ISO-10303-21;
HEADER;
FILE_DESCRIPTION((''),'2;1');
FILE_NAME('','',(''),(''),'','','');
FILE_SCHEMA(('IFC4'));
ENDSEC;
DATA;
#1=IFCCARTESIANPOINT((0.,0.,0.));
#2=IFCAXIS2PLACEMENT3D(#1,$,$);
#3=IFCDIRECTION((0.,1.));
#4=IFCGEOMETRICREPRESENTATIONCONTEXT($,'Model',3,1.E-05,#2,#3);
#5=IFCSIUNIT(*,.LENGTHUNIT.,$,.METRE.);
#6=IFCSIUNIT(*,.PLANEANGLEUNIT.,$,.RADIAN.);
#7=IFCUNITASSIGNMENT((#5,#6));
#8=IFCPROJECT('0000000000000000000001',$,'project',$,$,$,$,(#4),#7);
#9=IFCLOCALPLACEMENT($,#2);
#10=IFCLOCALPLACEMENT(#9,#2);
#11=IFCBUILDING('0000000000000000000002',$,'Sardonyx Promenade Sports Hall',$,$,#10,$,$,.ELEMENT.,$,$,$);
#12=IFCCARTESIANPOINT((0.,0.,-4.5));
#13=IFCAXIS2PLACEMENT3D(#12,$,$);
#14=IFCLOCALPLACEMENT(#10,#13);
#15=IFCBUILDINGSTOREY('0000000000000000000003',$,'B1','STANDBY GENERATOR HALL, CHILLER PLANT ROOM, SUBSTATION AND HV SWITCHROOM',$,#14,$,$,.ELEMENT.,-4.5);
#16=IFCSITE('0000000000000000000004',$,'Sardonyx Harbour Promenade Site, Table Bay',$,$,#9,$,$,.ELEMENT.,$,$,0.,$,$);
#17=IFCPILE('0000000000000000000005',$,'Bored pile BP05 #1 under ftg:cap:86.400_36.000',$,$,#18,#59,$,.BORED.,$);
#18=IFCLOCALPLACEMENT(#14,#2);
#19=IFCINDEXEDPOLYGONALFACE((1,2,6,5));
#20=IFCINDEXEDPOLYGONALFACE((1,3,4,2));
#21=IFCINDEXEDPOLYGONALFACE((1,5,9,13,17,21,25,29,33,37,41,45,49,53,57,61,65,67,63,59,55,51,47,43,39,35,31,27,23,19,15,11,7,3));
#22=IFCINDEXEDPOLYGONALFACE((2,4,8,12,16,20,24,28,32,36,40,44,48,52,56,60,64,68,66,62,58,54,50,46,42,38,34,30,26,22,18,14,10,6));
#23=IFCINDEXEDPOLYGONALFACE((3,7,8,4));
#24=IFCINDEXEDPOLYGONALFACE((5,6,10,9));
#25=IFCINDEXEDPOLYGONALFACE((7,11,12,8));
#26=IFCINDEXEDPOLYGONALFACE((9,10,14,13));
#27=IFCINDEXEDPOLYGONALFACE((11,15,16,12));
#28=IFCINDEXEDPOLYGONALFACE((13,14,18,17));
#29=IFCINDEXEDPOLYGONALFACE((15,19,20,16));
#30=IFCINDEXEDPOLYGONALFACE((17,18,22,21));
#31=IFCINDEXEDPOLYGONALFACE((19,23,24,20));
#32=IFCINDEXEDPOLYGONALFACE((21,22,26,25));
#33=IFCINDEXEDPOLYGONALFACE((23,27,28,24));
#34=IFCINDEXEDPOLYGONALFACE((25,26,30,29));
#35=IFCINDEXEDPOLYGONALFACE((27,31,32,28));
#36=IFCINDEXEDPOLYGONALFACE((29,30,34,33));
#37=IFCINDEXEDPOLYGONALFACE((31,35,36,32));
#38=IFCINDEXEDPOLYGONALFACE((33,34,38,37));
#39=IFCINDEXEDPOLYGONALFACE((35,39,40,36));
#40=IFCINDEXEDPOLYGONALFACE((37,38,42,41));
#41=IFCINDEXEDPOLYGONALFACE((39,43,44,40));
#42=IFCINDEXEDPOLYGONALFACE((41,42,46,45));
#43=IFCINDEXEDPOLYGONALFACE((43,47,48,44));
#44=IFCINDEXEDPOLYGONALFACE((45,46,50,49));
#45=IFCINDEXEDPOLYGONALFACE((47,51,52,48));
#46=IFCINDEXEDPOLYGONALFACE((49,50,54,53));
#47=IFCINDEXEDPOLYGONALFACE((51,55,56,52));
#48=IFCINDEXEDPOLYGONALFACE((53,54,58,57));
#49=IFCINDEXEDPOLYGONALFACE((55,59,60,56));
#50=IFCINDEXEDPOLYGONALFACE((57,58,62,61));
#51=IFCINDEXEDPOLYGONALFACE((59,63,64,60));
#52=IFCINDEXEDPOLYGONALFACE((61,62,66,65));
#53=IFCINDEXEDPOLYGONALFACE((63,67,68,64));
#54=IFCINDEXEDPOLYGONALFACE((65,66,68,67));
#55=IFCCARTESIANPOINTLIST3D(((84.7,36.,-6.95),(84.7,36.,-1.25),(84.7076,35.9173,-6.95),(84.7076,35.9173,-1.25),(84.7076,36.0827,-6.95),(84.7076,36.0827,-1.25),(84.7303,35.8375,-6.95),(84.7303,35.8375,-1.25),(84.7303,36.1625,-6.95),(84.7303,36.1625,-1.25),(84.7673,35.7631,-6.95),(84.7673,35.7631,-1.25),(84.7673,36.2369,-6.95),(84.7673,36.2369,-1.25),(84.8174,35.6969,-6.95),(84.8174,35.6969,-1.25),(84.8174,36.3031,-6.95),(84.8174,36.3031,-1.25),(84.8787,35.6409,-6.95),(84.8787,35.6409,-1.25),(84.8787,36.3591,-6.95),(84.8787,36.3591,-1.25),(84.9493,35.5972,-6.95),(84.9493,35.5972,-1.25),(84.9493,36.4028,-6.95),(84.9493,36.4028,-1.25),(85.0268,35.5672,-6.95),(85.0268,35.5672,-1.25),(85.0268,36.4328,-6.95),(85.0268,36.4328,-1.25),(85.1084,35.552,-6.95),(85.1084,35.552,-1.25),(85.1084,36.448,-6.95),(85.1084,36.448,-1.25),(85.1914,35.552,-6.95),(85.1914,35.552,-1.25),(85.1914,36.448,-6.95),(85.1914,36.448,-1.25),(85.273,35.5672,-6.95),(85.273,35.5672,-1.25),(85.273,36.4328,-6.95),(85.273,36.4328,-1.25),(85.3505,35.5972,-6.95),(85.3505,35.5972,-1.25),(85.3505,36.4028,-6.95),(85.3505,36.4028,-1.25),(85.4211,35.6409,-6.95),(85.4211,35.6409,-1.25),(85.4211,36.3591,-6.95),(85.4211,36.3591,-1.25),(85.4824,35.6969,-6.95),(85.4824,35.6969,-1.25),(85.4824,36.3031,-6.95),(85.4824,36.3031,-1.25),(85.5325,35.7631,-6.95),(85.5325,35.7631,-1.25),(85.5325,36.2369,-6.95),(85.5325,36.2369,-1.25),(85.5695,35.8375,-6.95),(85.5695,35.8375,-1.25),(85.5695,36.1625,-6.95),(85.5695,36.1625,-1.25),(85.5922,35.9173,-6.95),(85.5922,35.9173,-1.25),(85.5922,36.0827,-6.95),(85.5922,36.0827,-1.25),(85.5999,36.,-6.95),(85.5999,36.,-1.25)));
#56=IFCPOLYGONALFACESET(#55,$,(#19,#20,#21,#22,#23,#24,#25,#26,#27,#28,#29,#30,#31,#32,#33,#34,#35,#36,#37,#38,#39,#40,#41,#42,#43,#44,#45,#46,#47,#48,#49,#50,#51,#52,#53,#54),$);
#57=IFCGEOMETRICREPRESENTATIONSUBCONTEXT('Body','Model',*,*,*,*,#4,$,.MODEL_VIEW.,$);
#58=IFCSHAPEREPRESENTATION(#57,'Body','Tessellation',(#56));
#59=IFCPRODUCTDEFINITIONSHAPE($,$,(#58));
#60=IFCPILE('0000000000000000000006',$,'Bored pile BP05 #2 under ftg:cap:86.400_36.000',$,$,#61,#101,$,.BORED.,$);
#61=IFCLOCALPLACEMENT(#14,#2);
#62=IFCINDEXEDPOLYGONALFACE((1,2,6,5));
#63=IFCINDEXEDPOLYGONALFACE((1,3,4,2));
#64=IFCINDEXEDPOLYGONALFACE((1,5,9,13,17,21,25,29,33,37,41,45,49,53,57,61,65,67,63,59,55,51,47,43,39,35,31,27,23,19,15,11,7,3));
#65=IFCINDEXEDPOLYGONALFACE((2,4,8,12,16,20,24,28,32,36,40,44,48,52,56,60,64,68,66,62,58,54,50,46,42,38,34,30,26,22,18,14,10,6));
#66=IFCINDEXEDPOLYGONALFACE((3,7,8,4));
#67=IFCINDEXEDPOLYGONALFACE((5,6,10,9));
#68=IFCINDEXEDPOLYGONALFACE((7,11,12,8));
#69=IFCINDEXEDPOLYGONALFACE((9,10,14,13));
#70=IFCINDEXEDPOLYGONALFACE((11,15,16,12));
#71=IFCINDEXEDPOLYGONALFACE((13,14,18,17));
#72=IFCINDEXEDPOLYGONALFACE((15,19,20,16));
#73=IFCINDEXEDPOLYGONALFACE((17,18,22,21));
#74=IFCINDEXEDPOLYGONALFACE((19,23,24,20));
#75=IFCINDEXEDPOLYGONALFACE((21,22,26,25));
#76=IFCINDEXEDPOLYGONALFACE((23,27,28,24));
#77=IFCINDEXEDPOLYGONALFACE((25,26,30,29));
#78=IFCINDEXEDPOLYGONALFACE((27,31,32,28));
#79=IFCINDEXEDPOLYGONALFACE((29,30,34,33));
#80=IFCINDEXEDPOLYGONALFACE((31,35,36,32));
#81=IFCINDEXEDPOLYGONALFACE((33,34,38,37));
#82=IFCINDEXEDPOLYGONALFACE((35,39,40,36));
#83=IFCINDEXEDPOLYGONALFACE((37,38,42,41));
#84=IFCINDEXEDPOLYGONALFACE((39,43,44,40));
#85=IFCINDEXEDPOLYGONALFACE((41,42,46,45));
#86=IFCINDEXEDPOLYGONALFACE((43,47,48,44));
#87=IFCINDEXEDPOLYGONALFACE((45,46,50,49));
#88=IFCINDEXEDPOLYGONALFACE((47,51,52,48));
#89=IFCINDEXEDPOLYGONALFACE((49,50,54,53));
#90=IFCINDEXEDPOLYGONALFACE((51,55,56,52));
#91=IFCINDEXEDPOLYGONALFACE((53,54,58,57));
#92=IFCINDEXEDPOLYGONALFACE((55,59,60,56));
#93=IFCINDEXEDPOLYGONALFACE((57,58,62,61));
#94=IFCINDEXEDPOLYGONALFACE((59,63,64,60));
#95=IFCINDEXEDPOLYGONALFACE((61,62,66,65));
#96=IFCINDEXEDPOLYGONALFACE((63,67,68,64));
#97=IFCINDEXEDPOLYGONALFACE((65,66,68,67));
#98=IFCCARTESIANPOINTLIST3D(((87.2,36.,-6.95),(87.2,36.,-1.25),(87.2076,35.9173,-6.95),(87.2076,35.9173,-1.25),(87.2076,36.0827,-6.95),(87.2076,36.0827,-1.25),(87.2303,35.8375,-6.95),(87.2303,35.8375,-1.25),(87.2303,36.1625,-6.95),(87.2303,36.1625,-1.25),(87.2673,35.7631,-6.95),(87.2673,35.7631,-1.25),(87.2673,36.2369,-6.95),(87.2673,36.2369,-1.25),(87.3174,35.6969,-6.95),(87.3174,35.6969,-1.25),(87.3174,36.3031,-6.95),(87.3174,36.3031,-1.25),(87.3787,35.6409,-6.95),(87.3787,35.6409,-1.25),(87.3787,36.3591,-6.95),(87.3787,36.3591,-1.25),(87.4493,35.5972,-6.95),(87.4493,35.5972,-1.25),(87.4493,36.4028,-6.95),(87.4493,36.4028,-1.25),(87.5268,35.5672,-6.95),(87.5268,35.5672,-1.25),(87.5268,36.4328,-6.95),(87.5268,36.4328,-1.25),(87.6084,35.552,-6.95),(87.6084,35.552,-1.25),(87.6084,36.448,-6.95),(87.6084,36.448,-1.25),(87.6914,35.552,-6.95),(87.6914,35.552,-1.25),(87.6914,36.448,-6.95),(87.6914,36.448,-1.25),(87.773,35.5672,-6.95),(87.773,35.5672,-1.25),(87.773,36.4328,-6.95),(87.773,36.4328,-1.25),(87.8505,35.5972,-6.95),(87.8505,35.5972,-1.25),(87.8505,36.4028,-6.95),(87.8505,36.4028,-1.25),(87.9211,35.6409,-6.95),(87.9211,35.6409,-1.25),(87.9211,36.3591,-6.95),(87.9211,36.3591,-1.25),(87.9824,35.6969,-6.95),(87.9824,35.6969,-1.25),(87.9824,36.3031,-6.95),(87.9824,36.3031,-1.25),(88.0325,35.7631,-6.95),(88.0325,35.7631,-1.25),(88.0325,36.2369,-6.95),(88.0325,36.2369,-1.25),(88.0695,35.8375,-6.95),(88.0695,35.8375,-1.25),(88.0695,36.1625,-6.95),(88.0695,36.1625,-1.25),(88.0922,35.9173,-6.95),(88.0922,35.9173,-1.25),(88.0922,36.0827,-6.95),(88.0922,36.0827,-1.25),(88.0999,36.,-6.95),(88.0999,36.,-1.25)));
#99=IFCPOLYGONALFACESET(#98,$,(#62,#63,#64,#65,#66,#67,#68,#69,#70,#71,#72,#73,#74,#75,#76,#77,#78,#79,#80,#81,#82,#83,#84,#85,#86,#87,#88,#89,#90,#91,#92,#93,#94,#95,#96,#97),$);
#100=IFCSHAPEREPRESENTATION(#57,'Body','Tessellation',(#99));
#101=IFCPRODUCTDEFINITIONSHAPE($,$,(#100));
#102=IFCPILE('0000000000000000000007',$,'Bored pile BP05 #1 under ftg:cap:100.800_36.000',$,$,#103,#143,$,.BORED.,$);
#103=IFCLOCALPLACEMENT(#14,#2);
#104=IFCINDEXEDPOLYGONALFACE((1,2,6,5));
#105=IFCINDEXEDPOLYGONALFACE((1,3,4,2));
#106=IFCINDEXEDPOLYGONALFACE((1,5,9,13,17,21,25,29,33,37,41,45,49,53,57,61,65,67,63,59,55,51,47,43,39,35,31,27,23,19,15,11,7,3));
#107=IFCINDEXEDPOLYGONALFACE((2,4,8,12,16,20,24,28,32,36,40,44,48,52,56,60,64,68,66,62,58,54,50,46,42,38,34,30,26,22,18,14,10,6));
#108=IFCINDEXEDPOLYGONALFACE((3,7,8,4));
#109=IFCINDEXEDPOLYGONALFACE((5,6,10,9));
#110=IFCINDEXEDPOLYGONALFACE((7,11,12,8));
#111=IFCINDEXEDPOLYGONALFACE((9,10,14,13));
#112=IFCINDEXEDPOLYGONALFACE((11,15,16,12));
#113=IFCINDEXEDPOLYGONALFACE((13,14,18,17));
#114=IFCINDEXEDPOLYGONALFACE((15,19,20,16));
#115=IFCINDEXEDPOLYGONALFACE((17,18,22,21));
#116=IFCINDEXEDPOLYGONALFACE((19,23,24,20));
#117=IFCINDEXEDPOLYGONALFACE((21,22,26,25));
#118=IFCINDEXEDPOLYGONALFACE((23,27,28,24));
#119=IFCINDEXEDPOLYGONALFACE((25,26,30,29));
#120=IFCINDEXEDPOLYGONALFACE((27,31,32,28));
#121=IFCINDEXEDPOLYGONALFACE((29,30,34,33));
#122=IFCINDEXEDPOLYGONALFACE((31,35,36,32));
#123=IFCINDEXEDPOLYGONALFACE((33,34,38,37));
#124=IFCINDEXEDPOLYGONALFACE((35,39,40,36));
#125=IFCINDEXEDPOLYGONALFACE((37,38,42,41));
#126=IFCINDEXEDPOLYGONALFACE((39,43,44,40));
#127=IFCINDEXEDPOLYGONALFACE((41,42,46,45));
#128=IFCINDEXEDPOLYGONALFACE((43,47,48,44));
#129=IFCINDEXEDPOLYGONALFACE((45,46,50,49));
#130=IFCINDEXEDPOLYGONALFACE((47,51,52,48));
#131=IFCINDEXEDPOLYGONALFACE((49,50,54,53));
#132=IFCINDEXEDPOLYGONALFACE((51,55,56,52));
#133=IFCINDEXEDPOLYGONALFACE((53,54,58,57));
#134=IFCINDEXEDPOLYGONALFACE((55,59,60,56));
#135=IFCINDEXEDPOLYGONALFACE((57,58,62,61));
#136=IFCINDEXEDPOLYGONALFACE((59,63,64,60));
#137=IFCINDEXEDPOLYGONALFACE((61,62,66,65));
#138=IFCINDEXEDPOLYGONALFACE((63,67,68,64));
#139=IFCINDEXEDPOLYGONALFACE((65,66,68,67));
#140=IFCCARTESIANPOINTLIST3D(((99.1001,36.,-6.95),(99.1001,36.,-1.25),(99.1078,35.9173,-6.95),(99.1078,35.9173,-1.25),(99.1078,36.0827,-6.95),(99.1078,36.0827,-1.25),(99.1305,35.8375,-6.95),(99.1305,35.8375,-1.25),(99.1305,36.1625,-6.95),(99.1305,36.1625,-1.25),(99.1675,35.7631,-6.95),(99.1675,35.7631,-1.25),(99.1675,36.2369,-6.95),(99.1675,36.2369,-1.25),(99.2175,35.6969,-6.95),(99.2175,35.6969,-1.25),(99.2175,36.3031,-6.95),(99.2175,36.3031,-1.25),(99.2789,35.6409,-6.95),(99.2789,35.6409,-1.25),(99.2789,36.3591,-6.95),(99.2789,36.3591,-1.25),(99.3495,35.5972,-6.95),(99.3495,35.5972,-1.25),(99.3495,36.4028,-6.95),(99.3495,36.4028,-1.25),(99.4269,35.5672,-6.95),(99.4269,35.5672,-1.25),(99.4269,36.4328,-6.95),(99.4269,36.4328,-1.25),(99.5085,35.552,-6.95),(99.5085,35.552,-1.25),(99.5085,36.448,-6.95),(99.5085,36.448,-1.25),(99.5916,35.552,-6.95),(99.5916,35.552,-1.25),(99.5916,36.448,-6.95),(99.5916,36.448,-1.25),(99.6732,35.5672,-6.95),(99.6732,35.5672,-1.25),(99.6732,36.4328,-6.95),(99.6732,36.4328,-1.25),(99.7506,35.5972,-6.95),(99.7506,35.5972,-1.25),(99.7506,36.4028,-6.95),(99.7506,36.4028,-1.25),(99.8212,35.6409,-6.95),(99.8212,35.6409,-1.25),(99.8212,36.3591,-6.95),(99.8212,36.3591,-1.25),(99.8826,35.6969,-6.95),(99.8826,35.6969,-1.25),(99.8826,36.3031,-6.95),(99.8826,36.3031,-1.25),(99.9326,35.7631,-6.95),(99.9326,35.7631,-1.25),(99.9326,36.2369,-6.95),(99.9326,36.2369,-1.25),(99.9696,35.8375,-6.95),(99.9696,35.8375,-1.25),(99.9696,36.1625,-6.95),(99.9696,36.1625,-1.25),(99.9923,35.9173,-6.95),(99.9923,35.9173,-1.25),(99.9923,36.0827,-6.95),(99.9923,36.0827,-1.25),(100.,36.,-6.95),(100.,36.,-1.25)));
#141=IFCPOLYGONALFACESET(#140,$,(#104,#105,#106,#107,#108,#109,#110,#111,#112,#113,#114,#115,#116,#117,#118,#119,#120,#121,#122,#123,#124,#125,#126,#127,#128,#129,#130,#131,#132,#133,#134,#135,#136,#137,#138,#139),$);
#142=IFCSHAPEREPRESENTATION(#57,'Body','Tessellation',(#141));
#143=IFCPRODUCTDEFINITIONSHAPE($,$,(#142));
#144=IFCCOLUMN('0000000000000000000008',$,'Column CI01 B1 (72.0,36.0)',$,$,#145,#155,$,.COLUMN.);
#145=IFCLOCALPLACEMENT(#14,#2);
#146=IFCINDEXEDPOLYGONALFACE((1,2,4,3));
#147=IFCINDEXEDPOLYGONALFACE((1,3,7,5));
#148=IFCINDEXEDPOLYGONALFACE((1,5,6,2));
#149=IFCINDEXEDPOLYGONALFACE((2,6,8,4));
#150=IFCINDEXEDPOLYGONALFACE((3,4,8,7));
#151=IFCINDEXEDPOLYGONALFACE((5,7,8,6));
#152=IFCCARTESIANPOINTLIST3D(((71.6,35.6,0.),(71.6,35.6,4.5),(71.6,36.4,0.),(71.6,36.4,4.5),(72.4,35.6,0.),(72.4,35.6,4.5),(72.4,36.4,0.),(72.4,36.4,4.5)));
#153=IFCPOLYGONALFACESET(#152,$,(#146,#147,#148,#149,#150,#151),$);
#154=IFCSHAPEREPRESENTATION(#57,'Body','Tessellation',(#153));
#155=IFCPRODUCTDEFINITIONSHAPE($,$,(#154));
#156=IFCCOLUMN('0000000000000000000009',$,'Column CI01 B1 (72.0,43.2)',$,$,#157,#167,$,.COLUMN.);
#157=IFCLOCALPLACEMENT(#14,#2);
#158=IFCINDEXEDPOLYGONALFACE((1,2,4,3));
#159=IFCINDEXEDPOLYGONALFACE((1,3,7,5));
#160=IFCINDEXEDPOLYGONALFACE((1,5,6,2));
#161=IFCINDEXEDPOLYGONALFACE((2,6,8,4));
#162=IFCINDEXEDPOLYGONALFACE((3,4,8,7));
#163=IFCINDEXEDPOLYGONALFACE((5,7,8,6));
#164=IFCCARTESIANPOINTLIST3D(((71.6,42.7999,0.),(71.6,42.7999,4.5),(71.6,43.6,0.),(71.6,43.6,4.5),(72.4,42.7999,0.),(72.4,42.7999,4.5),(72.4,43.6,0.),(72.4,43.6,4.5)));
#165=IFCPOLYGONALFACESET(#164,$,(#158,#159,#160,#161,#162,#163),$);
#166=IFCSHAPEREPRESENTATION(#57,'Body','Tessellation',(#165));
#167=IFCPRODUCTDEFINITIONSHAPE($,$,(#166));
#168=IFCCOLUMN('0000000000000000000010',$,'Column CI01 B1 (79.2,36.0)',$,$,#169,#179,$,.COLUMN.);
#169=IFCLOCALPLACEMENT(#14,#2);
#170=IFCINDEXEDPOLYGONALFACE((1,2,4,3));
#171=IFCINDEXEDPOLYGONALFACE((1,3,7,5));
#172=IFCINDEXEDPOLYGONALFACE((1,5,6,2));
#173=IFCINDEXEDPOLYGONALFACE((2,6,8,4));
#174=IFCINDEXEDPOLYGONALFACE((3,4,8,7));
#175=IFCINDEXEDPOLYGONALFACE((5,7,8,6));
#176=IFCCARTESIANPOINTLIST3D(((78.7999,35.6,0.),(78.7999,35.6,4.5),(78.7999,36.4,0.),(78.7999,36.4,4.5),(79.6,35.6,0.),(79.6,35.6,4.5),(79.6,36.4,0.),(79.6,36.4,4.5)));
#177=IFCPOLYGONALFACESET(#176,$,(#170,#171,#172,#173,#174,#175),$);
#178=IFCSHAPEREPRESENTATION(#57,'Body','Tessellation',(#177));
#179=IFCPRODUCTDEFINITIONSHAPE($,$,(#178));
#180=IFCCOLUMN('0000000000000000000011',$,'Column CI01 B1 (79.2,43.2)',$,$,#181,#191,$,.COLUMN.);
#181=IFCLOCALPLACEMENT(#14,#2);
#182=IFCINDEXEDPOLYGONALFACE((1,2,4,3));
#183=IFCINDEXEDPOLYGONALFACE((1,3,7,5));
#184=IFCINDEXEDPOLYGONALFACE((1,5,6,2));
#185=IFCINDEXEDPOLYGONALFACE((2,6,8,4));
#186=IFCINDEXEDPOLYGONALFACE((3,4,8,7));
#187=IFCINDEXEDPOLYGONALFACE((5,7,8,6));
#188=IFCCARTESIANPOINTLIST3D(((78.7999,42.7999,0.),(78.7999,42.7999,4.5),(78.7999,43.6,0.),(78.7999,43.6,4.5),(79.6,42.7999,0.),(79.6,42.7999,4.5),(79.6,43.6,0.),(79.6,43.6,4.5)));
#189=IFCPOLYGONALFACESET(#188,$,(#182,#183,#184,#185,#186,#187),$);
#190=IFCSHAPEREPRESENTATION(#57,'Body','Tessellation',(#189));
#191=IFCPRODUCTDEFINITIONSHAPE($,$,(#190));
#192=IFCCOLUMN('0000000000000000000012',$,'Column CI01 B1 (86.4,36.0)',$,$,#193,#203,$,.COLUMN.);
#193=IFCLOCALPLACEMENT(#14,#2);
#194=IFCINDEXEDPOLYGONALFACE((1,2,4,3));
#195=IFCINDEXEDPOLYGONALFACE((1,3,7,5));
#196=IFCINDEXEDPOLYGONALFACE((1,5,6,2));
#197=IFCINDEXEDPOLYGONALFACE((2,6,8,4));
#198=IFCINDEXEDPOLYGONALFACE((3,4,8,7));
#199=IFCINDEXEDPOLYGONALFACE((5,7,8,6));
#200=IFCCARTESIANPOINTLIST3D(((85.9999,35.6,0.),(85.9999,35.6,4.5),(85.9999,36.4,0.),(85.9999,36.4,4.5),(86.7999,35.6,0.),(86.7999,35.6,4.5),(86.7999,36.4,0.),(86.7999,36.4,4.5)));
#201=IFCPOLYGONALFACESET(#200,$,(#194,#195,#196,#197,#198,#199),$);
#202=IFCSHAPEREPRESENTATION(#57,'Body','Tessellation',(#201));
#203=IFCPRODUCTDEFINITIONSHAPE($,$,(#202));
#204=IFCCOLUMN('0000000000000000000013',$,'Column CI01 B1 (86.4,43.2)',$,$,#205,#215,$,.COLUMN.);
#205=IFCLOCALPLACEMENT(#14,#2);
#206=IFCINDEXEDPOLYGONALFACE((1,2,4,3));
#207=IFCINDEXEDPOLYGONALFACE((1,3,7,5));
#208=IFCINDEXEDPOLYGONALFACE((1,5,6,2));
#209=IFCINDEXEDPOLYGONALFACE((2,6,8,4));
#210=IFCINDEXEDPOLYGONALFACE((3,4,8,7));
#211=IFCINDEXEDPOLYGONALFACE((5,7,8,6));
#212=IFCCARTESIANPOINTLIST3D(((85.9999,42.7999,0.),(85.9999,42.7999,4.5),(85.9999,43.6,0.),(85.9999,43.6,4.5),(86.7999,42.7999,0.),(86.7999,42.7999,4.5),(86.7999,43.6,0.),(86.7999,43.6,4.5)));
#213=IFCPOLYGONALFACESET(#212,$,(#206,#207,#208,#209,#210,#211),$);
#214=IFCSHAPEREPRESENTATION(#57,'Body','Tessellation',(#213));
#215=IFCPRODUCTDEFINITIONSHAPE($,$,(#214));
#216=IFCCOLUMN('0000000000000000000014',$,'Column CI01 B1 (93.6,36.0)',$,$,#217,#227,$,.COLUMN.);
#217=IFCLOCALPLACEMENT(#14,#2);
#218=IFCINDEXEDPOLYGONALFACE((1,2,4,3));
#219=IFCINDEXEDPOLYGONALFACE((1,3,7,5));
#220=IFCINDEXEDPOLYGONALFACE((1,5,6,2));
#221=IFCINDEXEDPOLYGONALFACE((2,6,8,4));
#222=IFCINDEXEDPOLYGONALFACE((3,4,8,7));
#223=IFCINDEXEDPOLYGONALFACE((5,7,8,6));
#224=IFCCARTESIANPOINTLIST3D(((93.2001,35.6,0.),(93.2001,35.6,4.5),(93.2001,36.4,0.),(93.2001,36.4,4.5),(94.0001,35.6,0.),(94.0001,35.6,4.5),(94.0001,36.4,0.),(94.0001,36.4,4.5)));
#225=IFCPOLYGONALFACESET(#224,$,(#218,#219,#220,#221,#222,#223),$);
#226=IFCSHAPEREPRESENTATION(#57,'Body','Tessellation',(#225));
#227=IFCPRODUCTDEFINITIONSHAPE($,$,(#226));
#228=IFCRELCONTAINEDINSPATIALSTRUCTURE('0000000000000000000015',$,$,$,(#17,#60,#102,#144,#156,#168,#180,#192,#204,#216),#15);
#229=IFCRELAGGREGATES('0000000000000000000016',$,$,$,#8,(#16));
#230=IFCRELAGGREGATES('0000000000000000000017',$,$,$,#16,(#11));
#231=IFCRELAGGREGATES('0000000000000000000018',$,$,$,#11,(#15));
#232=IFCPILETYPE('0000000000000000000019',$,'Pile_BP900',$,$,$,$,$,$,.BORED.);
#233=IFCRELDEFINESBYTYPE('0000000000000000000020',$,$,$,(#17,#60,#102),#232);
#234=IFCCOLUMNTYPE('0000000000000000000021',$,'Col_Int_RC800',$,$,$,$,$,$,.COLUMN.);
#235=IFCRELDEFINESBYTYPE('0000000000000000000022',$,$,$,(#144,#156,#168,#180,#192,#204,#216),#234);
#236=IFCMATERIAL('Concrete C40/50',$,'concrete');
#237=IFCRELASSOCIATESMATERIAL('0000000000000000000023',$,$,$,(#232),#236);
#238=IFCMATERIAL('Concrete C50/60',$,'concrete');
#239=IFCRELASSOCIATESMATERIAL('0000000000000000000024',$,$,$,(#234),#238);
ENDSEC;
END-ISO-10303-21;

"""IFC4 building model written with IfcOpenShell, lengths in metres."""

from ifc_helpers import new_model, si_unit, direction, frame, origin, origin_2d, place, context, subcontext, project, spatial, rectangle, circle, extrude, material, material_profile, profile_set, type_object, element, save


model = new_model("IFC4")

# Units and contexts
model_context = context("Model", 3, precision=1e-05, world=origin(), true_north=direction((0.0, 1.0)))
body_context = subcontext(model_context, "Body", "Model", "MODEL_VIEW")
ifc_project = project(units=[si_unit("LENGTHUNIT", "METRE"), si_unit("PLANEANGLEUNIT", "RADIAN")], contexts=[model_context])

# Site, building, storey
site_placement = place(None, origin())
site = spatial("IfcSite", under=ifc_project, at=site_placement, Name="Sardonyx Harbour Promenade Site, Table Bay", CompositionType="ELEMENT", RefElevation=0.0)
building_placement = place(site_placement, origin())
building = spatial("IfcBuilding", under=site, at=building_placement, Name="Sardonyx Promenade Sports Hall", CompositionType="ELEMENT")
storey_placement = place(building_placement, frame((0.0, 0.0, -4.5)))
storey = spatial("IfcBuildingStorey", under=building, at=storey_placement, Name="B1", Description="STANDBY GENERATOR HALL, CHILLER PLANT ROOM, SUBSTATION AND HV SWITCHROOM", CompositionType="ELEMENT", Elevation=-4.5)

# Piles
ifc_material_1 = material(Name="Concrete C40/50", Category="concrete")
ifc_material_profile_1 = material_profile(ifc_material_1, circle(Radius=0.45, at=origin_2d()))
ifc_profile_set_1 = profile_set([ifc_material_profile_1], Name="Concrete C40/50")
pile_type_1 = type_object("IfcPileType", Name="Pile_BP900", PredefinedType="BORED", material=ifc_profile_set_1)
for number, where, z_axis, x_axis, name in (
    (1, (85.1499, 36.0, -1.25), (0.0, 0.0, -1.0), (1.0, 0.0, 0.0), "Bored pile BP05 #1 under ftg:cap:86.400_36.000"),
    (2, (87.6499, 36.0, -1.25), (0.0, 0.0, -1.0), (1.0, 0.0, 0.0), "Bored pile BP05 #2 under ftg:cap:86.400_36.000"),
    (3, (99.55, 36.0, -1.25), (0.0, 0.0, -1.0), (1.0, 0.0, 0.0), "Bored pile BP05 #1 under ftg:cap:100.800_36.000"),
):
    element("IfcPile", number, at=place(storey_placement, frame(where, z_axis=z_axis, x_axis=x_axis)), inside=storey, type_object=pile_type_1, Name=name, PredefinedType="BORED", context=body_context, shape_type="SweptSolid", body=[
        extrude(circle(Radius=0.45, at=origin_2d()), origin(), (0.0, 0.0, 1.0), 5.7),
    ])

# Columns
ifc_material_2 = material(Name="Concrete C50/60", Category="concrete")
ifc_material_profile_2 = material_profile(ifc_material_2, rectangle(XDim=0.8, YDim=0.8, at=origin_2d()))
ifc_profile_set_2 = profile_set([ifc_material_profile_2], Name="Concrete C50/60")
column_type = type_object("IfcColumnType", Name="Col_Int_RC800", PredefinedType="COLUMN", material=ifc_profile_set_2)
for number, where, z_axis, x_axis, name in (
    (4, (72.0, 36.0, 0.0), (0.0, 0.0, 1.0), (1.0, 0.0, 0.0), "Column CI01 B1 (72.0,36.0)"),
    (5, (72.0, 43.2, 0.0), (0.0, 0.0, 1.0), (1.0, 0.0, 0.0), "Column CI01 B1 (72.0,43.2)"),
    (6, (79.2, 36.0, 0.0), (0.0, 0.0, 1.0), (1.0, 0.0, 0.0), "Column CI01 B1 (79.2,36.0)"),
    (7, (79.2, 43.2, 0.0), (0.0, 0.0, 1.0), (1.0, 0.0, 0.0), "Column CI01 B1 (79.2,43.2)"),
    (8, (86.3999, 36.0, 0.0), (0.0, 0.0, 1.0), (1.0, 0.0, 0.0), "Column CI01 B1 (86.4,36.0)"),
    (9, (86.3999, 43.2, 0.0), (0.0, 0.0, 1.0), (1.0, 0.0, 0.0), "Column CI01 B1 (86.4,43.2)"),
    (10, (93.6001, 36.0, 0.0), (0.0, 0.0, 1.0), (1.0, 0.0, 0.0), "Column CI01 B1 (93.6,36.0)"),
):
    element("IfcColumn", number, at=place(storey_placement, frame(where, z_axis=z_axis, x_axis=x_axis)), inside=storey, type_object=column_type, Name=name, PredefinedType="COLUMN", context=body_context, shape_type="SweptSolid", body=[
        extrude(rectangle(XDim=0.8, YDim=0.8, at=origin_2d()), origin(), (0.0, 0.0, 1.0), 4.5),
    ])

save(model, "model.ifc")
